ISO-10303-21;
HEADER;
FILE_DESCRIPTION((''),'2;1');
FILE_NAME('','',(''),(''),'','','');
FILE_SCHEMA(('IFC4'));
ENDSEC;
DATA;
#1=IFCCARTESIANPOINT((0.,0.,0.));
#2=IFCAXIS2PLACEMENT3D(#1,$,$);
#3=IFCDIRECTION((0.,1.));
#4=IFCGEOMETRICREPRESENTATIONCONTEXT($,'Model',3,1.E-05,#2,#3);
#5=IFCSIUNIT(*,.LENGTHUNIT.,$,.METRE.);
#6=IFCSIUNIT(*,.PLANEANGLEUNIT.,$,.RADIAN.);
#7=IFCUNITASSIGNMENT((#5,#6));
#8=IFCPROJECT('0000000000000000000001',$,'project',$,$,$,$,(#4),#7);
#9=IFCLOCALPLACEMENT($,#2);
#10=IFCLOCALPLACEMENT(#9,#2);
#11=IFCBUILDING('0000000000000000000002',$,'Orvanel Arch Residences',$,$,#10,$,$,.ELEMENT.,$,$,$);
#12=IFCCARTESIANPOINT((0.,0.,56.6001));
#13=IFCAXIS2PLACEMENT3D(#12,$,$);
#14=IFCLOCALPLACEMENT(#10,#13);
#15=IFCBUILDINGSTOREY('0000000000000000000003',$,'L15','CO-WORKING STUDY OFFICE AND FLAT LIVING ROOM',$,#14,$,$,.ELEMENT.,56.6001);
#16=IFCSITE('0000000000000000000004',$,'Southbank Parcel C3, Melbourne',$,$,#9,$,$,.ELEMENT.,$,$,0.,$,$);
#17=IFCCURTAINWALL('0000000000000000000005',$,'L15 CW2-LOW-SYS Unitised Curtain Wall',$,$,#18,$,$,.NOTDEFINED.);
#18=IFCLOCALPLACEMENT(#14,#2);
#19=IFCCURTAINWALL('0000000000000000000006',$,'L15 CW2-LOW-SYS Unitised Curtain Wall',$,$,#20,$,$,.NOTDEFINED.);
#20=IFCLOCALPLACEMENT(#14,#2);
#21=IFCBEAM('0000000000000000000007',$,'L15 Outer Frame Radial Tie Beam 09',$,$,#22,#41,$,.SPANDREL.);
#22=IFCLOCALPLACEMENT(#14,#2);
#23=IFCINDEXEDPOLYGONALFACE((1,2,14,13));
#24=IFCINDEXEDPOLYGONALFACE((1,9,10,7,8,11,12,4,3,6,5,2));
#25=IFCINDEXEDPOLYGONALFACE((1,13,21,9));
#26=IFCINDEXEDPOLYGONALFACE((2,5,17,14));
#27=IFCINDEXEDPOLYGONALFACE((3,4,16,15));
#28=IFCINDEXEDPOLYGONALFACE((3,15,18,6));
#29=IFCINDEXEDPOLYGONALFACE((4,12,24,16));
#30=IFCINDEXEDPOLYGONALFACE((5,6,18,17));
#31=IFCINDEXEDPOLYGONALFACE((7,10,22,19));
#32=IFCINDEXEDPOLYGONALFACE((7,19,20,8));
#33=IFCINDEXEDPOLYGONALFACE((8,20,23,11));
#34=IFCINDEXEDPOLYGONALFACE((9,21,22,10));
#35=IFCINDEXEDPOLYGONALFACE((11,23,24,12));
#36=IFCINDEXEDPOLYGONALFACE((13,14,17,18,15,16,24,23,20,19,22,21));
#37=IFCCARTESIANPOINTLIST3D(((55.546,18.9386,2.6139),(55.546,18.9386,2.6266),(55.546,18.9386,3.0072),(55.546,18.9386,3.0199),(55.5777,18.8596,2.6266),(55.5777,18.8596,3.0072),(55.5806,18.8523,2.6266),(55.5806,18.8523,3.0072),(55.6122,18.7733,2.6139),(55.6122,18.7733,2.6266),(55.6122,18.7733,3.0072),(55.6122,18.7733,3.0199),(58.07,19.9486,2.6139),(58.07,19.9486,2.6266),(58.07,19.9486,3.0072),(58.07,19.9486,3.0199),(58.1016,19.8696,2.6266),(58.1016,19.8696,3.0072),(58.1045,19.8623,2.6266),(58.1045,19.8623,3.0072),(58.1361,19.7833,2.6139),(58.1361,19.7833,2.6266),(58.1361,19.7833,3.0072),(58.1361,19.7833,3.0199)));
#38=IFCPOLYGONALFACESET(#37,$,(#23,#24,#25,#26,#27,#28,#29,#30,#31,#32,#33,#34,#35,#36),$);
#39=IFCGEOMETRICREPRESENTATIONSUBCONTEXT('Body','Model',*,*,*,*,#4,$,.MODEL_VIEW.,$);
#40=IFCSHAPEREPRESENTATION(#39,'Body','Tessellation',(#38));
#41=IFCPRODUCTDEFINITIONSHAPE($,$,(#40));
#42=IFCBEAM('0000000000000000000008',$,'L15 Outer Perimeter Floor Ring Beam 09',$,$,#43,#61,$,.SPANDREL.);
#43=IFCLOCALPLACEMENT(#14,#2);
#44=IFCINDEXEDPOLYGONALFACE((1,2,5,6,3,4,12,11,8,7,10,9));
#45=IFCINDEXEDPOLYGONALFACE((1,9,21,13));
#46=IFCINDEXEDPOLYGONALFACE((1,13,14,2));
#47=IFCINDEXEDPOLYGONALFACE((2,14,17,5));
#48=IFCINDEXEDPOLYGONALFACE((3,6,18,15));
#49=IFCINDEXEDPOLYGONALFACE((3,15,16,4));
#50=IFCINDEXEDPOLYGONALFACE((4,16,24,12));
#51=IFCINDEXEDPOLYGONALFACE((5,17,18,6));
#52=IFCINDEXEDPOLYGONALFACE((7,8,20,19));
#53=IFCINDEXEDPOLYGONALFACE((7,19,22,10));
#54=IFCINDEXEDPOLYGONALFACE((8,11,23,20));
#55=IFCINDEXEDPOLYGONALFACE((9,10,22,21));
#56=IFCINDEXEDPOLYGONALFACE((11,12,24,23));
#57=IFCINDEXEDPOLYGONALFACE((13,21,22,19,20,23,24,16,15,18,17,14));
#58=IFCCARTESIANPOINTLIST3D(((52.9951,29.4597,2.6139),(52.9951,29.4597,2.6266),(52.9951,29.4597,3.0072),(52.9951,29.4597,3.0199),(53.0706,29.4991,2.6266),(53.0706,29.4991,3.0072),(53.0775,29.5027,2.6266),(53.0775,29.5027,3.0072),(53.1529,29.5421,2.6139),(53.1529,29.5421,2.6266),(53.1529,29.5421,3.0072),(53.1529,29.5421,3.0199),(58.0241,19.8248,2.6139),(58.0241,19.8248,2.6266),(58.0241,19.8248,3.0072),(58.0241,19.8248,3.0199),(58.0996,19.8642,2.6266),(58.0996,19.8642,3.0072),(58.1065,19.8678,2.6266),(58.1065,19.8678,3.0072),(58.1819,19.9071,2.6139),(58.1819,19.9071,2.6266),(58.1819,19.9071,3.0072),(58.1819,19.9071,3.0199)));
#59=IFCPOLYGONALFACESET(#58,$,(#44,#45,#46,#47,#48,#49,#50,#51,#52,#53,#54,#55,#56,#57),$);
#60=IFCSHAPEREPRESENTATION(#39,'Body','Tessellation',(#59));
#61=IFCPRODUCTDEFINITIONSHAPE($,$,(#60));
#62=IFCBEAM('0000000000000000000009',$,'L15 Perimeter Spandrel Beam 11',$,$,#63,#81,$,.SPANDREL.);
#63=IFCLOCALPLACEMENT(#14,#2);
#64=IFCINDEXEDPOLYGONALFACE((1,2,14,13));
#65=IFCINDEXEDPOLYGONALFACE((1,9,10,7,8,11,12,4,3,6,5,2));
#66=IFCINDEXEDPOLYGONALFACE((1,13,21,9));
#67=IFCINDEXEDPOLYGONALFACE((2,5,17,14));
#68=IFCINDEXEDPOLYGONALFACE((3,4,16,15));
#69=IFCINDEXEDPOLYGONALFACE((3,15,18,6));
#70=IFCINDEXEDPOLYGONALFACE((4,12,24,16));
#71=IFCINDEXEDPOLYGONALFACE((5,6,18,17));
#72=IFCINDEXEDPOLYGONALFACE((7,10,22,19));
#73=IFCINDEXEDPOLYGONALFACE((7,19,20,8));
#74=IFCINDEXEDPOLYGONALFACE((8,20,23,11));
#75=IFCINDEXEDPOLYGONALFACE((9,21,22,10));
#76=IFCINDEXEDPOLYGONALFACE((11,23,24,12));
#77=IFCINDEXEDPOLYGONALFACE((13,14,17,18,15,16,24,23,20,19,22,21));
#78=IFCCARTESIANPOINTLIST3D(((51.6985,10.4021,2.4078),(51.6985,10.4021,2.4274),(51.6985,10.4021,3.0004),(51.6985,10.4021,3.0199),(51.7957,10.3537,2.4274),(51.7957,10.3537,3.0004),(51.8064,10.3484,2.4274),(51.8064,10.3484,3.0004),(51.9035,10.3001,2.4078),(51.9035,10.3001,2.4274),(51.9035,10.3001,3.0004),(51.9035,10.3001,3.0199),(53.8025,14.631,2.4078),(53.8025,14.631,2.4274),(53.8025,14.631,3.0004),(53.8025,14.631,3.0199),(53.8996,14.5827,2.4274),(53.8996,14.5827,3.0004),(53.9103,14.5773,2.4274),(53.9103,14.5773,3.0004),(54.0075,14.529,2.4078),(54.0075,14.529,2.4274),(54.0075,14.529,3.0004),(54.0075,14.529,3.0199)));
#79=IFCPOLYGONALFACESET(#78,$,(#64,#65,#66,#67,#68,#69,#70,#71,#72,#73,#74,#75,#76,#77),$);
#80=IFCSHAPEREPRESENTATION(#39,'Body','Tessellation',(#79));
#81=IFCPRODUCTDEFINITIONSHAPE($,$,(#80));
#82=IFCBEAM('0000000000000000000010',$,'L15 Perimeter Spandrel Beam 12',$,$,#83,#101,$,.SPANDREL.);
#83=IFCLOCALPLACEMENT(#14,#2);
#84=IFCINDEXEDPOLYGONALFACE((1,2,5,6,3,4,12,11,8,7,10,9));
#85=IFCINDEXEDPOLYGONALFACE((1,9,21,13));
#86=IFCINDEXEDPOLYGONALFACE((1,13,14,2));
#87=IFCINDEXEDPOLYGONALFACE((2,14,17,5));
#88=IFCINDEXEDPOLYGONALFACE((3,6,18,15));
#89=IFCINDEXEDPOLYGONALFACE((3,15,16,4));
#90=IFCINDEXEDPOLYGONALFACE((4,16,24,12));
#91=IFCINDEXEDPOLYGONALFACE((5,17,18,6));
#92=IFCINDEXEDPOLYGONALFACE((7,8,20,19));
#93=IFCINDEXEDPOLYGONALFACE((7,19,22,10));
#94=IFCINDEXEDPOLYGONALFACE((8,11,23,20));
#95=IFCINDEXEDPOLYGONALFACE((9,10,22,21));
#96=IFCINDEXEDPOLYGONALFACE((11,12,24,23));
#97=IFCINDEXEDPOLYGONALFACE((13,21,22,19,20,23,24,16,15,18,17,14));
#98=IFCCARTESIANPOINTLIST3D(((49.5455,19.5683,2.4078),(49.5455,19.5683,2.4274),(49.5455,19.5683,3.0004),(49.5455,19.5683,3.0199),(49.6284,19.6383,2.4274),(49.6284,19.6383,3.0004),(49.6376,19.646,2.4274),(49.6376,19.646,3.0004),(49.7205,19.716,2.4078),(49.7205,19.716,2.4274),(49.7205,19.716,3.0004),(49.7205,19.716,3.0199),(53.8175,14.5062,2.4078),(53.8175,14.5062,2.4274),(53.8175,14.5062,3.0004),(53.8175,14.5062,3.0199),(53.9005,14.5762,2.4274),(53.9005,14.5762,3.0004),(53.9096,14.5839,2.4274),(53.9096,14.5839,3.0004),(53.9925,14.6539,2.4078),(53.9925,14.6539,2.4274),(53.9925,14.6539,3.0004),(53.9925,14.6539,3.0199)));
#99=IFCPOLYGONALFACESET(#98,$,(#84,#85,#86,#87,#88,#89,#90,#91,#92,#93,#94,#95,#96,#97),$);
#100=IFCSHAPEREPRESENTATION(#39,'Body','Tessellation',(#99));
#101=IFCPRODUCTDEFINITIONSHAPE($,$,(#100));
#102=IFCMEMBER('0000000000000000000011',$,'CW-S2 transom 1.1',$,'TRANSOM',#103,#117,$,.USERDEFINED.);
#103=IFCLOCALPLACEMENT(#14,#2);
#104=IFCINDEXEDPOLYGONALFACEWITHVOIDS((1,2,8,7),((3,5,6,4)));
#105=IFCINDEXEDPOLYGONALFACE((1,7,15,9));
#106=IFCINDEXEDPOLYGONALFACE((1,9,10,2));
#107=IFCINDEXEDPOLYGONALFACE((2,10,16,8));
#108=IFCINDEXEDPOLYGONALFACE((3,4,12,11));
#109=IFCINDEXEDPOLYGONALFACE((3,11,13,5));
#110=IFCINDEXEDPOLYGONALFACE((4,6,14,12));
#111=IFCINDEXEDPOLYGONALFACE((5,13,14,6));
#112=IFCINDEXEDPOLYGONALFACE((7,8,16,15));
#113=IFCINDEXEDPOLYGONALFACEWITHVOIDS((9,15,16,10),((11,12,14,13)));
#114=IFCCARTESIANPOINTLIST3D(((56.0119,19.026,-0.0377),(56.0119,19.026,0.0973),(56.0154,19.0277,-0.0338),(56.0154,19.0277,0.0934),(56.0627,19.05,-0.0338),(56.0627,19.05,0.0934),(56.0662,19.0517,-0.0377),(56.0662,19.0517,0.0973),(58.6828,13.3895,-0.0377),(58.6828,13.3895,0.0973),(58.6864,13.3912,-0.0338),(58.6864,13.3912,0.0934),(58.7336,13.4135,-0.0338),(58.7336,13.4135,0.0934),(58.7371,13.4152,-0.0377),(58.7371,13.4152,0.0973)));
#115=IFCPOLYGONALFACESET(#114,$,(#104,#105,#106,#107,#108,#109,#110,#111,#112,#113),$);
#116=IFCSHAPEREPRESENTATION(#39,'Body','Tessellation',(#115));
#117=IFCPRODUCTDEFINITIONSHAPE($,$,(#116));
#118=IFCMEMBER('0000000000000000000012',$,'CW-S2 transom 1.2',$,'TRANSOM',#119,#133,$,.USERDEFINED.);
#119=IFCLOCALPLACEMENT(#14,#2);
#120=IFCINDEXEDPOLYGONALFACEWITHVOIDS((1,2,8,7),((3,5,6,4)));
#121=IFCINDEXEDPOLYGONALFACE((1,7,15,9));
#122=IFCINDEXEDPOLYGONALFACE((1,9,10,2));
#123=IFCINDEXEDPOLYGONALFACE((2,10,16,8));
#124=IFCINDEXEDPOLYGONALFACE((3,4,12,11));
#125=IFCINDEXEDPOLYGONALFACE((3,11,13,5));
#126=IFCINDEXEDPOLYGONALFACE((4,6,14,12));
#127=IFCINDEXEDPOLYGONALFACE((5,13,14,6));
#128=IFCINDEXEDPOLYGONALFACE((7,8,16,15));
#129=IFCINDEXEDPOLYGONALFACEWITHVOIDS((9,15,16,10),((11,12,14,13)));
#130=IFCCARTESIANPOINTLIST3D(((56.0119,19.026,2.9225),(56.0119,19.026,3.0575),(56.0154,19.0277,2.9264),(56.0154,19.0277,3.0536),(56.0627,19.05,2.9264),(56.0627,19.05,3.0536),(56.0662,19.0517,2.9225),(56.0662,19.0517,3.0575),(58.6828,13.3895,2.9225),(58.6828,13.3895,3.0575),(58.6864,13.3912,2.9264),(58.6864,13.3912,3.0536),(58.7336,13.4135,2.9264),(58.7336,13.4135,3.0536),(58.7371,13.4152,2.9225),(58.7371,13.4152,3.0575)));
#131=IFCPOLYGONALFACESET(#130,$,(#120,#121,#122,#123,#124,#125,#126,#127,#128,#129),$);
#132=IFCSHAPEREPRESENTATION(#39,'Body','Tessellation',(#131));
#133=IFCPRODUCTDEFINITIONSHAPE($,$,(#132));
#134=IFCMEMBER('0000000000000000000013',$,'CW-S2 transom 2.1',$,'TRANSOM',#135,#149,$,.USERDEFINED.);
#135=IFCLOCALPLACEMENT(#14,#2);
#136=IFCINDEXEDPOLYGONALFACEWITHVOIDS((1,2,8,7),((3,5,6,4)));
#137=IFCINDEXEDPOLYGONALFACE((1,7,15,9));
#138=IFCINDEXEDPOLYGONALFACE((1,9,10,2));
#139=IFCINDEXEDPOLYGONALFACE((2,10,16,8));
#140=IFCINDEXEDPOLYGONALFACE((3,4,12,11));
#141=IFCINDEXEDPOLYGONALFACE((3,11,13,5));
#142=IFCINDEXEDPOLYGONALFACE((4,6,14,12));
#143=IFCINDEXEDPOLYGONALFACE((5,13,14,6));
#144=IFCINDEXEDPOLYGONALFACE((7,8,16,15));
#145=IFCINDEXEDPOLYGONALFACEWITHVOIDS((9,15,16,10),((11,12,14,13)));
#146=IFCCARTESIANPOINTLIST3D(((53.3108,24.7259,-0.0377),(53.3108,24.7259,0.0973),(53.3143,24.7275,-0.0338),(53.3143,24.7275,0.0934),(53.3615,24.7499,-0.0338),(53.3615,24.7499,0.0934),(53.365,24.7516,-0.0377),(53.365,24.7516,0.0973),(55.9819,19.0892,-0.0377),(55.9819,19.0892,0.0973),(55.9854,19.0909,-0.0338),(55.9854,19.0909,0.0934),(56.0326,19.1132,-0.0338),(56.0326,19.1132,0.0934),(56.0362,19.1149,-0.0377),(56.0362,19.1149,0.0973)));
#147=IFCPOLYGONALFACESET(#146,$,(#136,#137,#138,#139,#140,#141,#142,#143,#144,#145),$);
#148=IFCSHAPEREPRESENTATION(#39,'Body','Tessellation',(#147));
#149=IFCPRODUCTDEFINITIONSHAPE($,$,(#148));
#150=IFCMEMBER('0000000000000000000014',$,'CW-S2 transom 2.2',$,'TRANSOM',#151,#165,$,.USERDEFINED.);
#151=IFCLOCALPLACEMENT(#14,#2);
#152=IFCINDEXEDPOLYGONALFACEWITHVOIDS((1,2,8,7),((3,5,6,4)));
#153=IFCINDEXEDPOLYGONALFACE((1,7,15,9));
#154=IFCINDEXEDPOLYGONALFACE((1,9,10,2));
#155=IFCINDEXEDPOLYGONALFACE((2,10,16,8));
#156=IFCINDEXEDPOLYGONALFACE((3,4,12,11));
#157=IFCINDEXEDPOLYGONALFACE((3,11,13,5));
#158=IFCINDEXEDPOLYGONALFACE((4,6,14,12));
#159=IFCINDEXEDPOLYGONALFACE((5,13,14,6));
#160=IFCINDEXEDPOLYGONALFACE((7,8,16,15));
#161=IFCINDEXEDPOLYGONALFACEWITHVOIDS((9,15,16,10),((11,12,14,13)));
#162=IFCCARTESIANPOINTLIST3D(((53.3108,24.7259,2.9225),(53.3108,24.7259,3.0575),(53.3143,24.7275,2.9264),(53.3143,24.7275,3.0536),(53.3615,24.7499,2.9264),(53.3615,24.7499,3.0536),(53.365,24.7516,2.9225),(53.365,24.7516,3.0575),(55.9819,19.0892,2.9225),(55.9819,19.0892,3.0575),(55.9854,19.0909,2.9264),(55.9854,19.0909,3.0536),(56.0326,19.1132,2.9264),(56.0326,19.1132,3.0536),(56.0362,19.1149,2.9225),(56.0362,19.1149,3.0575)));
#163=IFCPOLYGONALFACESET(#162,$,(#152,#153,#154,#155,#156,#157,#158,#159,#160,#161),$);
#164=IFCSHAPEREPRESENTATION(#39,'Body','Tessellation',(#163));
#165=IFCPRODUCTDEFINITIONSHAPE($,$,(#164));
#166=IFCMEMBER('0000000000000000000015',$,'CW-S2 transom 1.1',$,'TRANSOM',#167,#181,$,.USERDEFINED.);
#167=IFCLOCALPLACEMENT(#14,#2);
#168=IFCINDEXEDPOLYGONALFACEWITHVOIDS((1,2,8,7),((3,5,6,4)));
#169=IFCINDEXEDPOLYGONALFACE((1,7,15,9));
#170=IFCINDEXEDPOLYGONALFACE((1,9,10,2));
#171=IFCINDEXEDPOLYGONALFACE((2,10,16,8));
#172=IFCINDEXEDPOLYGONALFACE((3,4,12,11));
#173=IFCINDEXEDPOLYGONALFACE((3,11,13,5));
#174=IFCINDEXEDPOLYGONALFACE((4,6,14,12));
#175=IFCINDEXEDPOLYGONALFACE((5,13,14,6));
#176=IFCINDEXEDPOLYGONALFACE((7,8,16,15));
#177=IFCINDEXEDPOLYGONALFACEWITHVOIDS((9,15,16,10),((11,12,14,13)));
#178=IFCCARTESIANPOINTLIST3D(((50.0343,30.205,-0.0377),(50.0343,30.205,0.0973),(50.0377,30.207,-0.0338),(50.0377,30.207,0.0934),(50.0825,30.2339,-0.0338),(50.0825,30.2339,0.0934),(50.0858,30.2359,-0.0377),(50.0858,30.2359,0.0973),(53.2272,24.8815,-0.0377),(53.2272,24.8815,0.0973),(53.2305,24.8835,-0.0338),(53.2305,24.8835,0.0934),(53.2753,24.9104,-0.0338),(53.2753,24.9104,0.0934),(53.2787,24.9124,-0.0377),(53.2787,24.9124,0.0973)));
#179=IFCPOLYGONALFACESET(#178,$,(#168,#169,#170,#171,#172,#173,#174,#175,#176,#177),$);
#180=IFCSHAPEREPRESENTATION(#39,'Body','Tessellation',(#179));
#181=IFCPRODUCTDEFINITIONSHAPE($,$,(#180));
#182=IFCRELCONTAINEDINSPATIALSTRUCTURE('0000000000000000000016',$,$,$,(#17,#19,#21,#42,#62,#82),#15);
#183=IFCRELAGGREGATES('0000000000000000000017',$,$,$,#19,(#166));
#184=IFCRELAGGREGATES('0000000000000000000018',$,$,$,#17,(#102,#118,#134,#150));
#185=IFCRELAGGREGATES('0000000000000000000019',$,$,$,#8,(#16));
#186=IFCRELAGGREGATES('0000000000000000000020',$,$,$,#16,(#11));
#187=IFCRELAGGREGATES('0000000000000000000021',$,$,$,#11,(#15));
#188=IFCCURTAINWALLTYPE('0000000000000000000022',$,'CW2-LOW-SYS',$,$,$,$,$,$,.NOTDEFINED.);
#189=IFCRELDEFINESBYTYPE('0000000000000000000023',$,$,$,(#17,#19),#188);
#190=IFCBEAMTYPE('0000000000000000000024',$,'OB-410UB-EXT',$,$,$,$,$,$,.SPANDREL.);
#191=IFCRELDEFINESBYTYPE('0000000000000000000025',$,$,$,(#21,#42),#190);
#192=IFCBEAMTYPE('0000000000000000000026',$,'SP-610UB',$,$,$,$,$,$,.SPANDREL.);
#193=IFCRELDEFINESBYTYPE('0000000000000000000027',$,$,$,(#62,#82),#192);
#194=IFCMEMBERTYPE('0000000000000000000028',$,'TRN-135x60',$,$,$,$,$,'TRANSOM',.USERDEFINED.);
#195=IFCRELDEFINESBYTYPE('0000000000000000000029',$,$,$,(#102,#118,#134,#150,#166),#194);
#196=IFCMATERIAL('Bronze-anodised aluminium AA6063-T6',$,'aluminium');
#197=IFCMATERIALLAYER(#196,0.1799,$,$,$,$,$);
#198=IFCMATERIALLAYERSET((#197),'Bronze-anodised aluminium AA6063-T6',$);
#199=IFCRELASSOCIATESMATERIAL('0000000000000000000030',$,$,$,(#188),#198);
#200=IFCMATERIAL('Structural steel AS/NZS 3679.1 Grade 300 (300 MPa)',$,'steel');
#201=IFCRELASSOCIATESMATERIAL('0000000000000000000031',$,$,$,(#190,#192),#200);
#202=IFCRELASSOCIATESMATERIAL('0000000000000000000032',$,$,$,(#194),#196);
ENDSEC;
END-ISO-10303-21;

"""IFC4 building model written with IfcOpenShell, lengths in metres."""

from ifc_helpers import new_model, si_unit, direction, frame, origin, origin_2d, place, context, subcontext, project, spatial, hollow_rectangle, i_section, extrude, material, layer, layer_set, material_profile, profile_set, type_object, element, aggregate, save


model = new_model("IFC4")

# Units and contexts
model_context = context("Model", 3, precision=1e-05, world=origin(), true_north=direction((0.0, 1.0)))
body_context = subcontext(model_context, "Body", "Model", "MODEL_VIEW")
ifc_project = project(units=[si_unit("LENGTHUNIT", "METRE"), si_unit("PLANEANGLEUNIT", "RADIAN")], contexts=[model_context])

# Site, building, storey
site_placement = place(None, origin())
site = spatial("IfcSite", under=ifc_project, at=site_placement, Name="Southbank Parcel C3, Melbourne", CompositionType="ELEMENT", RefElevation=0.0)
building_placement = place(site_placement, origin())
building = spatial("IfcBuilding", under=site, at=building_placement, Name="Orvanel Arch Residences", CompositionType="ELEMENT")
storey_placement = place(building_placement, frame((0.0, 0.0, 56.6001)))
storey = spatial("IfcBuildingStorey", under=building, at=storey_placement, Name="L15", Description="CO-WORKING STUDY OFFICE AND FLAT LIVING ROOM", CompositionType="ELEMENT", Elevation=56.6001)

# Shared definitions
ifc_material_1 = material(Name="Bronze-anodised aluminium AA6063-T6", Category="aluminium")

# Curtain wall
ifc_layer_1 = layer(ifc_material_1, 0.1799)
ifc_layer_set_1 = layer_set([ifc_layer_1], Name="Bronze-anodised aluminium AA6063-T6")
curtain_wall_type_1 = type_object("IfcCurtainWallType", Name="CW2-LOW-SYS", PredefinedType="NOTDEFINED", material=ifc_layer_set_1)
curtain_wall_1_placement = place(storey_placement, origin())
curtain_wall_1 = element("IfcCurtainWall", 1, at=curtain_wall_1_placement, inside=storey, type_object=curtain_wall_type_1, Name="L15 CW2-LOW-SYS Unitised Curtain Wall", PredefinedType="NOTDEFINED")

# Curtain wall
curtain_wall_2_placement = place(storey_placement, origin())
curtain_wall_2 = element("IfcCurtainWall", 2, at=curtain_wall_2_placement, inside=storey, type_object=curtain_wall_type_1, Name="L15 CW2-LOW-SYS Unitised Curtain Wall", PredefinedType="NOTDEFINED")

# Beams
ifc_material_2 = material(Name="Structural steel AS/NZS 3679.1 Grade 300 (300 MPa)", Category="steel")
ifc_material_profile_1 = material_profile(ifc_material_2, i_section(OverallWidth=0.178, OverallDepth=0.406, WebThickness=0.0078, FlangeThickness=0.0127, at=origin_2d()), Name="410UB59.7")
ifc_profile_set_1 = profile_set([ifc_material_profile_1], Name="Structural steel AS/NZS 3679.1 Grade 300 (300 MPa)")
beam_type_1 = type_object("IfcBeamType", Name="OB-410UB-EXT", PredefinedType="SPANDREL", material=ifc_profile_set_1)
beam_1_placement = place(storey_placement, frame((55.5791, 18.856, 2.8169), z_axis=(0.928421, 0.37153, 0.0), x_axis=(-0.37153, 0.928421, 0.0)))
element("IfcBeam", 3, at=beam_1_placement, inside=storey, type_object=beam_type_1, Name="L15 Outer Frame Radial Tie Beam 09", PredefinedType="SPANDREL", context=body_context, shape_type="SweptSolid", body=[
    extrude(i_section(OverallWidth=0.178, OverallDepth=0.406, WebThickness=0.0078, FlangeThickness=0.0127, at=origin_2d()), origin(), (0.0, 0.0, 1.0), 2.7185),
])
beam_2_placement = place(storey_placement, frame((58.103, 19.866, 2.8169), z_axis=(-0.462717, 0.886506, 0.0), x_axis=(-0.886506, -0.462717, 0.0)))
element("IfcBeam", 4, at=beam_2_placement, inside=storey, type_object=beam_type_1, Name="L15 Outer Perimeter Floor Ring Beam 09", PredefinedType="SPANDREL", context=body_context, shape_type="SweptSolid", body=[
    extrude(i_section(OverallWidth=0.178, OverallDepth=0.406, WebThickness=0.0078, FlangeThickness=0.0127, at=origin_2d()), origin(), (0.0, 0.0, 1.0), 10.8684),
])
ifc_material_profile_2 = material_profile(ifc_material_2, i_section(OverallWidth=0.229, OverallDepth=0.6121, WebThickness=0.012, FlangeThickness=0.0195, at=origin_2d()), Name="610UB125")
ifc_profile_set_2 = profile_set([ifc_material_profile_2], Name="Structural steel AS/NZS 3679.1 Grade 300 (300 MPa)")
beam_type_2 = type_object("IfcBeamType", Name="SP-610UB", PredefinedType="SPANDREL", material=ifc_profile_set_2)
beam_3_placement = place(storey_placement, frame((51.801, 10.3511, 2.7139), z_axis=(0.445435, 0.895314, 0.0), x_axis=(-0.895314, 0.445435, 0.0)))
element("IfcBeam", 5, at=beam_3_placement, inside=storey, type_object=beam_type_2, Name="L15 Perimeter Spandrel Beam 11", PredefinedType="SPANDREL", context=body_context, shape_type="SweptSolid", body=[
    extrude(i_section(OverallWidth=0.229, OverallDepth=0.6121, WebThickness=0.012, FlangeThickness=0.0195, at=origin_2d()), origin(), (0.0, 0.0, 1.0), 4.7234),
])
beam_4_placement = place(storey_placement, frame((53.905, 14.5801, 2.7139), z_axis=(-0.64495, 0.764224, 0.0), x_axis=(-0.764224, -0.64495, 0.0)))
element("IfcBeam", 6, at=beam_4_placement, inside=storey, type_object=beam_type_2, Name="L15 Perimeter Spandrel Beam 12", PredefinedType="SPANDREL", context=body_context, shape_type="SweptSolid", body=[
    extrude(i_section(OverallWidth=0.229, OverallDepth=0.6121, WebThickness=0.012, FlangeThickness=0.0195, at=origin_2d()), origin(), (0.0, 0.0, 1.0), 6.6238),
])

# Members
ifc_material_profile_3 = material_profile(ifc_material_1, hollow_rectangle(XDim=0.0601, YDim=0.135, WallThickness=0.0039, at=origin_2d()), Name="ALU135x60x4")
ifc_profile_set_3 = profile_set([ifc_material_profile_3], Name="Bronze-anodised aluminium AA6063-T6")
member_type_1 = type_object("IfcMemberType", Name="TRN-135x60", ElementType="TRANSOM", PredefinedType="USERDEFINED", material=ifc_profile_set_3)
member_1_placement = place(storey_placement, frame((58.71, 13.4023, 0.0298), z_axis=(-0.428216, 0.903676, 0.0), x_axis=(-0.903676, -0.428216, 0.0)))
member_1 = element("IfcMember", 7, at=member_1_placement, type_object=member_type_1, Name="CW-S2 transom 1.1", ObjectType="TRANSOM", PredefinedType="USERDEFINED", context=body_context, shape_type="SweptSolid", body=[
    extrude(hollow_rectangle(XDim=0.0601, YDim=0.135, WallThickness=0.0039, at=origin_2d()), origin(), (0.0, 0.0, 1.0), 6.2373),
])
member_2_placement = place(storey_placement, frame((58.71, 13.4023, 2.99), z_axis=(-0.428216, 0.903676, 0.0), x_axis=(-0.903676, -0.428216, 0.0)))
member_2 = element("IfcMember", 8, at=member_2_placement, type_object=member_type_1, Name="CW-S2 transom 1.2", ObjectType="TRANSOM", PredefinedType="USERDEFINED", context=body_context, shape_type="SweptSolid", body=[
    extrude(hollow_rectangle(XDim=0.0601, YDim=0.135, WallThickness=0.0039, at=origin_2d()), origin(), (0.0, 0.0, 1.0), 6.2373),
])
member_3_placement = place(storey_placement, frame((56.009, 19.1021, 0.0298), z_axis=(-0.428233, 0.903668, 0.0), x_axis=(-0.903668, -0.428233, 0.0)))
member_3 = element("IfcMember", 9, at=member_3_placement, type_object=member_type_1, Name="CW-S2 transom 2.1", ObjectType="TRANSOM", PredefinedType="USERDEFINED", context=body_context, shape_type="SweptSolid", body=[
    extrude(hollow_rectangle(XDim=0.0601, YDim=0.135, WallThickness=0.0039, at=origin_2d()), origin(), (0.0, 0.0, 1.0), 6.2375),
])
member_4_placement = place(storey_placement, frame((56.009, 19.1021, 2.99), z_axis=(-0.428233, 0.903668, 0.0), x_axis=(-0.903668, -0.428233, 0.0)))
member_4 = element("IfcMember", 10, at=member_4_placement, type_object=member_type_1, Name="CW-S2 transom 2.2", ObjectType="TRANSOM", PredefinedType="USERDEFINED", context=body_context, shape_type="SweptSolid", body=[
    extrude(hollow_rectangle(XDim=0.0601, YDim=0.135, WallThickness=0.0039, at=origin_2d()), origin(), (0.0, 0.0, 1.0), 6.2375),
])
member_5_placement = place(storey_placement, frame((53.2529, 24.897, 0.0298), z_axis=(-0.514351, 0.85758, 0.0), x_axis=(-0.85758, -0.514351, 0.0)))
member_5 = element("IfcMember", 11, at=member_5_placement, type_object=member_type_1, Name="CW-S2 transom 1.1", ObjectType="TRANSOM", PredefinedType="USERDEFINED", context=body_context, shape_type="SweptSolid", body=[
    extrude(hollow_rectangle(XDim=0.0601, YDim=0.135, WallThickness=0.0039, at=origin_2d()), origin(), (0.0, 0.0, 1.0), 6.2075),
])
aggregate(curtain_wall_2, [member_5])

aggregate(curtain_wall_1, [member_1, member_2, member_3, member_4])

save(model, "model.ifc")
